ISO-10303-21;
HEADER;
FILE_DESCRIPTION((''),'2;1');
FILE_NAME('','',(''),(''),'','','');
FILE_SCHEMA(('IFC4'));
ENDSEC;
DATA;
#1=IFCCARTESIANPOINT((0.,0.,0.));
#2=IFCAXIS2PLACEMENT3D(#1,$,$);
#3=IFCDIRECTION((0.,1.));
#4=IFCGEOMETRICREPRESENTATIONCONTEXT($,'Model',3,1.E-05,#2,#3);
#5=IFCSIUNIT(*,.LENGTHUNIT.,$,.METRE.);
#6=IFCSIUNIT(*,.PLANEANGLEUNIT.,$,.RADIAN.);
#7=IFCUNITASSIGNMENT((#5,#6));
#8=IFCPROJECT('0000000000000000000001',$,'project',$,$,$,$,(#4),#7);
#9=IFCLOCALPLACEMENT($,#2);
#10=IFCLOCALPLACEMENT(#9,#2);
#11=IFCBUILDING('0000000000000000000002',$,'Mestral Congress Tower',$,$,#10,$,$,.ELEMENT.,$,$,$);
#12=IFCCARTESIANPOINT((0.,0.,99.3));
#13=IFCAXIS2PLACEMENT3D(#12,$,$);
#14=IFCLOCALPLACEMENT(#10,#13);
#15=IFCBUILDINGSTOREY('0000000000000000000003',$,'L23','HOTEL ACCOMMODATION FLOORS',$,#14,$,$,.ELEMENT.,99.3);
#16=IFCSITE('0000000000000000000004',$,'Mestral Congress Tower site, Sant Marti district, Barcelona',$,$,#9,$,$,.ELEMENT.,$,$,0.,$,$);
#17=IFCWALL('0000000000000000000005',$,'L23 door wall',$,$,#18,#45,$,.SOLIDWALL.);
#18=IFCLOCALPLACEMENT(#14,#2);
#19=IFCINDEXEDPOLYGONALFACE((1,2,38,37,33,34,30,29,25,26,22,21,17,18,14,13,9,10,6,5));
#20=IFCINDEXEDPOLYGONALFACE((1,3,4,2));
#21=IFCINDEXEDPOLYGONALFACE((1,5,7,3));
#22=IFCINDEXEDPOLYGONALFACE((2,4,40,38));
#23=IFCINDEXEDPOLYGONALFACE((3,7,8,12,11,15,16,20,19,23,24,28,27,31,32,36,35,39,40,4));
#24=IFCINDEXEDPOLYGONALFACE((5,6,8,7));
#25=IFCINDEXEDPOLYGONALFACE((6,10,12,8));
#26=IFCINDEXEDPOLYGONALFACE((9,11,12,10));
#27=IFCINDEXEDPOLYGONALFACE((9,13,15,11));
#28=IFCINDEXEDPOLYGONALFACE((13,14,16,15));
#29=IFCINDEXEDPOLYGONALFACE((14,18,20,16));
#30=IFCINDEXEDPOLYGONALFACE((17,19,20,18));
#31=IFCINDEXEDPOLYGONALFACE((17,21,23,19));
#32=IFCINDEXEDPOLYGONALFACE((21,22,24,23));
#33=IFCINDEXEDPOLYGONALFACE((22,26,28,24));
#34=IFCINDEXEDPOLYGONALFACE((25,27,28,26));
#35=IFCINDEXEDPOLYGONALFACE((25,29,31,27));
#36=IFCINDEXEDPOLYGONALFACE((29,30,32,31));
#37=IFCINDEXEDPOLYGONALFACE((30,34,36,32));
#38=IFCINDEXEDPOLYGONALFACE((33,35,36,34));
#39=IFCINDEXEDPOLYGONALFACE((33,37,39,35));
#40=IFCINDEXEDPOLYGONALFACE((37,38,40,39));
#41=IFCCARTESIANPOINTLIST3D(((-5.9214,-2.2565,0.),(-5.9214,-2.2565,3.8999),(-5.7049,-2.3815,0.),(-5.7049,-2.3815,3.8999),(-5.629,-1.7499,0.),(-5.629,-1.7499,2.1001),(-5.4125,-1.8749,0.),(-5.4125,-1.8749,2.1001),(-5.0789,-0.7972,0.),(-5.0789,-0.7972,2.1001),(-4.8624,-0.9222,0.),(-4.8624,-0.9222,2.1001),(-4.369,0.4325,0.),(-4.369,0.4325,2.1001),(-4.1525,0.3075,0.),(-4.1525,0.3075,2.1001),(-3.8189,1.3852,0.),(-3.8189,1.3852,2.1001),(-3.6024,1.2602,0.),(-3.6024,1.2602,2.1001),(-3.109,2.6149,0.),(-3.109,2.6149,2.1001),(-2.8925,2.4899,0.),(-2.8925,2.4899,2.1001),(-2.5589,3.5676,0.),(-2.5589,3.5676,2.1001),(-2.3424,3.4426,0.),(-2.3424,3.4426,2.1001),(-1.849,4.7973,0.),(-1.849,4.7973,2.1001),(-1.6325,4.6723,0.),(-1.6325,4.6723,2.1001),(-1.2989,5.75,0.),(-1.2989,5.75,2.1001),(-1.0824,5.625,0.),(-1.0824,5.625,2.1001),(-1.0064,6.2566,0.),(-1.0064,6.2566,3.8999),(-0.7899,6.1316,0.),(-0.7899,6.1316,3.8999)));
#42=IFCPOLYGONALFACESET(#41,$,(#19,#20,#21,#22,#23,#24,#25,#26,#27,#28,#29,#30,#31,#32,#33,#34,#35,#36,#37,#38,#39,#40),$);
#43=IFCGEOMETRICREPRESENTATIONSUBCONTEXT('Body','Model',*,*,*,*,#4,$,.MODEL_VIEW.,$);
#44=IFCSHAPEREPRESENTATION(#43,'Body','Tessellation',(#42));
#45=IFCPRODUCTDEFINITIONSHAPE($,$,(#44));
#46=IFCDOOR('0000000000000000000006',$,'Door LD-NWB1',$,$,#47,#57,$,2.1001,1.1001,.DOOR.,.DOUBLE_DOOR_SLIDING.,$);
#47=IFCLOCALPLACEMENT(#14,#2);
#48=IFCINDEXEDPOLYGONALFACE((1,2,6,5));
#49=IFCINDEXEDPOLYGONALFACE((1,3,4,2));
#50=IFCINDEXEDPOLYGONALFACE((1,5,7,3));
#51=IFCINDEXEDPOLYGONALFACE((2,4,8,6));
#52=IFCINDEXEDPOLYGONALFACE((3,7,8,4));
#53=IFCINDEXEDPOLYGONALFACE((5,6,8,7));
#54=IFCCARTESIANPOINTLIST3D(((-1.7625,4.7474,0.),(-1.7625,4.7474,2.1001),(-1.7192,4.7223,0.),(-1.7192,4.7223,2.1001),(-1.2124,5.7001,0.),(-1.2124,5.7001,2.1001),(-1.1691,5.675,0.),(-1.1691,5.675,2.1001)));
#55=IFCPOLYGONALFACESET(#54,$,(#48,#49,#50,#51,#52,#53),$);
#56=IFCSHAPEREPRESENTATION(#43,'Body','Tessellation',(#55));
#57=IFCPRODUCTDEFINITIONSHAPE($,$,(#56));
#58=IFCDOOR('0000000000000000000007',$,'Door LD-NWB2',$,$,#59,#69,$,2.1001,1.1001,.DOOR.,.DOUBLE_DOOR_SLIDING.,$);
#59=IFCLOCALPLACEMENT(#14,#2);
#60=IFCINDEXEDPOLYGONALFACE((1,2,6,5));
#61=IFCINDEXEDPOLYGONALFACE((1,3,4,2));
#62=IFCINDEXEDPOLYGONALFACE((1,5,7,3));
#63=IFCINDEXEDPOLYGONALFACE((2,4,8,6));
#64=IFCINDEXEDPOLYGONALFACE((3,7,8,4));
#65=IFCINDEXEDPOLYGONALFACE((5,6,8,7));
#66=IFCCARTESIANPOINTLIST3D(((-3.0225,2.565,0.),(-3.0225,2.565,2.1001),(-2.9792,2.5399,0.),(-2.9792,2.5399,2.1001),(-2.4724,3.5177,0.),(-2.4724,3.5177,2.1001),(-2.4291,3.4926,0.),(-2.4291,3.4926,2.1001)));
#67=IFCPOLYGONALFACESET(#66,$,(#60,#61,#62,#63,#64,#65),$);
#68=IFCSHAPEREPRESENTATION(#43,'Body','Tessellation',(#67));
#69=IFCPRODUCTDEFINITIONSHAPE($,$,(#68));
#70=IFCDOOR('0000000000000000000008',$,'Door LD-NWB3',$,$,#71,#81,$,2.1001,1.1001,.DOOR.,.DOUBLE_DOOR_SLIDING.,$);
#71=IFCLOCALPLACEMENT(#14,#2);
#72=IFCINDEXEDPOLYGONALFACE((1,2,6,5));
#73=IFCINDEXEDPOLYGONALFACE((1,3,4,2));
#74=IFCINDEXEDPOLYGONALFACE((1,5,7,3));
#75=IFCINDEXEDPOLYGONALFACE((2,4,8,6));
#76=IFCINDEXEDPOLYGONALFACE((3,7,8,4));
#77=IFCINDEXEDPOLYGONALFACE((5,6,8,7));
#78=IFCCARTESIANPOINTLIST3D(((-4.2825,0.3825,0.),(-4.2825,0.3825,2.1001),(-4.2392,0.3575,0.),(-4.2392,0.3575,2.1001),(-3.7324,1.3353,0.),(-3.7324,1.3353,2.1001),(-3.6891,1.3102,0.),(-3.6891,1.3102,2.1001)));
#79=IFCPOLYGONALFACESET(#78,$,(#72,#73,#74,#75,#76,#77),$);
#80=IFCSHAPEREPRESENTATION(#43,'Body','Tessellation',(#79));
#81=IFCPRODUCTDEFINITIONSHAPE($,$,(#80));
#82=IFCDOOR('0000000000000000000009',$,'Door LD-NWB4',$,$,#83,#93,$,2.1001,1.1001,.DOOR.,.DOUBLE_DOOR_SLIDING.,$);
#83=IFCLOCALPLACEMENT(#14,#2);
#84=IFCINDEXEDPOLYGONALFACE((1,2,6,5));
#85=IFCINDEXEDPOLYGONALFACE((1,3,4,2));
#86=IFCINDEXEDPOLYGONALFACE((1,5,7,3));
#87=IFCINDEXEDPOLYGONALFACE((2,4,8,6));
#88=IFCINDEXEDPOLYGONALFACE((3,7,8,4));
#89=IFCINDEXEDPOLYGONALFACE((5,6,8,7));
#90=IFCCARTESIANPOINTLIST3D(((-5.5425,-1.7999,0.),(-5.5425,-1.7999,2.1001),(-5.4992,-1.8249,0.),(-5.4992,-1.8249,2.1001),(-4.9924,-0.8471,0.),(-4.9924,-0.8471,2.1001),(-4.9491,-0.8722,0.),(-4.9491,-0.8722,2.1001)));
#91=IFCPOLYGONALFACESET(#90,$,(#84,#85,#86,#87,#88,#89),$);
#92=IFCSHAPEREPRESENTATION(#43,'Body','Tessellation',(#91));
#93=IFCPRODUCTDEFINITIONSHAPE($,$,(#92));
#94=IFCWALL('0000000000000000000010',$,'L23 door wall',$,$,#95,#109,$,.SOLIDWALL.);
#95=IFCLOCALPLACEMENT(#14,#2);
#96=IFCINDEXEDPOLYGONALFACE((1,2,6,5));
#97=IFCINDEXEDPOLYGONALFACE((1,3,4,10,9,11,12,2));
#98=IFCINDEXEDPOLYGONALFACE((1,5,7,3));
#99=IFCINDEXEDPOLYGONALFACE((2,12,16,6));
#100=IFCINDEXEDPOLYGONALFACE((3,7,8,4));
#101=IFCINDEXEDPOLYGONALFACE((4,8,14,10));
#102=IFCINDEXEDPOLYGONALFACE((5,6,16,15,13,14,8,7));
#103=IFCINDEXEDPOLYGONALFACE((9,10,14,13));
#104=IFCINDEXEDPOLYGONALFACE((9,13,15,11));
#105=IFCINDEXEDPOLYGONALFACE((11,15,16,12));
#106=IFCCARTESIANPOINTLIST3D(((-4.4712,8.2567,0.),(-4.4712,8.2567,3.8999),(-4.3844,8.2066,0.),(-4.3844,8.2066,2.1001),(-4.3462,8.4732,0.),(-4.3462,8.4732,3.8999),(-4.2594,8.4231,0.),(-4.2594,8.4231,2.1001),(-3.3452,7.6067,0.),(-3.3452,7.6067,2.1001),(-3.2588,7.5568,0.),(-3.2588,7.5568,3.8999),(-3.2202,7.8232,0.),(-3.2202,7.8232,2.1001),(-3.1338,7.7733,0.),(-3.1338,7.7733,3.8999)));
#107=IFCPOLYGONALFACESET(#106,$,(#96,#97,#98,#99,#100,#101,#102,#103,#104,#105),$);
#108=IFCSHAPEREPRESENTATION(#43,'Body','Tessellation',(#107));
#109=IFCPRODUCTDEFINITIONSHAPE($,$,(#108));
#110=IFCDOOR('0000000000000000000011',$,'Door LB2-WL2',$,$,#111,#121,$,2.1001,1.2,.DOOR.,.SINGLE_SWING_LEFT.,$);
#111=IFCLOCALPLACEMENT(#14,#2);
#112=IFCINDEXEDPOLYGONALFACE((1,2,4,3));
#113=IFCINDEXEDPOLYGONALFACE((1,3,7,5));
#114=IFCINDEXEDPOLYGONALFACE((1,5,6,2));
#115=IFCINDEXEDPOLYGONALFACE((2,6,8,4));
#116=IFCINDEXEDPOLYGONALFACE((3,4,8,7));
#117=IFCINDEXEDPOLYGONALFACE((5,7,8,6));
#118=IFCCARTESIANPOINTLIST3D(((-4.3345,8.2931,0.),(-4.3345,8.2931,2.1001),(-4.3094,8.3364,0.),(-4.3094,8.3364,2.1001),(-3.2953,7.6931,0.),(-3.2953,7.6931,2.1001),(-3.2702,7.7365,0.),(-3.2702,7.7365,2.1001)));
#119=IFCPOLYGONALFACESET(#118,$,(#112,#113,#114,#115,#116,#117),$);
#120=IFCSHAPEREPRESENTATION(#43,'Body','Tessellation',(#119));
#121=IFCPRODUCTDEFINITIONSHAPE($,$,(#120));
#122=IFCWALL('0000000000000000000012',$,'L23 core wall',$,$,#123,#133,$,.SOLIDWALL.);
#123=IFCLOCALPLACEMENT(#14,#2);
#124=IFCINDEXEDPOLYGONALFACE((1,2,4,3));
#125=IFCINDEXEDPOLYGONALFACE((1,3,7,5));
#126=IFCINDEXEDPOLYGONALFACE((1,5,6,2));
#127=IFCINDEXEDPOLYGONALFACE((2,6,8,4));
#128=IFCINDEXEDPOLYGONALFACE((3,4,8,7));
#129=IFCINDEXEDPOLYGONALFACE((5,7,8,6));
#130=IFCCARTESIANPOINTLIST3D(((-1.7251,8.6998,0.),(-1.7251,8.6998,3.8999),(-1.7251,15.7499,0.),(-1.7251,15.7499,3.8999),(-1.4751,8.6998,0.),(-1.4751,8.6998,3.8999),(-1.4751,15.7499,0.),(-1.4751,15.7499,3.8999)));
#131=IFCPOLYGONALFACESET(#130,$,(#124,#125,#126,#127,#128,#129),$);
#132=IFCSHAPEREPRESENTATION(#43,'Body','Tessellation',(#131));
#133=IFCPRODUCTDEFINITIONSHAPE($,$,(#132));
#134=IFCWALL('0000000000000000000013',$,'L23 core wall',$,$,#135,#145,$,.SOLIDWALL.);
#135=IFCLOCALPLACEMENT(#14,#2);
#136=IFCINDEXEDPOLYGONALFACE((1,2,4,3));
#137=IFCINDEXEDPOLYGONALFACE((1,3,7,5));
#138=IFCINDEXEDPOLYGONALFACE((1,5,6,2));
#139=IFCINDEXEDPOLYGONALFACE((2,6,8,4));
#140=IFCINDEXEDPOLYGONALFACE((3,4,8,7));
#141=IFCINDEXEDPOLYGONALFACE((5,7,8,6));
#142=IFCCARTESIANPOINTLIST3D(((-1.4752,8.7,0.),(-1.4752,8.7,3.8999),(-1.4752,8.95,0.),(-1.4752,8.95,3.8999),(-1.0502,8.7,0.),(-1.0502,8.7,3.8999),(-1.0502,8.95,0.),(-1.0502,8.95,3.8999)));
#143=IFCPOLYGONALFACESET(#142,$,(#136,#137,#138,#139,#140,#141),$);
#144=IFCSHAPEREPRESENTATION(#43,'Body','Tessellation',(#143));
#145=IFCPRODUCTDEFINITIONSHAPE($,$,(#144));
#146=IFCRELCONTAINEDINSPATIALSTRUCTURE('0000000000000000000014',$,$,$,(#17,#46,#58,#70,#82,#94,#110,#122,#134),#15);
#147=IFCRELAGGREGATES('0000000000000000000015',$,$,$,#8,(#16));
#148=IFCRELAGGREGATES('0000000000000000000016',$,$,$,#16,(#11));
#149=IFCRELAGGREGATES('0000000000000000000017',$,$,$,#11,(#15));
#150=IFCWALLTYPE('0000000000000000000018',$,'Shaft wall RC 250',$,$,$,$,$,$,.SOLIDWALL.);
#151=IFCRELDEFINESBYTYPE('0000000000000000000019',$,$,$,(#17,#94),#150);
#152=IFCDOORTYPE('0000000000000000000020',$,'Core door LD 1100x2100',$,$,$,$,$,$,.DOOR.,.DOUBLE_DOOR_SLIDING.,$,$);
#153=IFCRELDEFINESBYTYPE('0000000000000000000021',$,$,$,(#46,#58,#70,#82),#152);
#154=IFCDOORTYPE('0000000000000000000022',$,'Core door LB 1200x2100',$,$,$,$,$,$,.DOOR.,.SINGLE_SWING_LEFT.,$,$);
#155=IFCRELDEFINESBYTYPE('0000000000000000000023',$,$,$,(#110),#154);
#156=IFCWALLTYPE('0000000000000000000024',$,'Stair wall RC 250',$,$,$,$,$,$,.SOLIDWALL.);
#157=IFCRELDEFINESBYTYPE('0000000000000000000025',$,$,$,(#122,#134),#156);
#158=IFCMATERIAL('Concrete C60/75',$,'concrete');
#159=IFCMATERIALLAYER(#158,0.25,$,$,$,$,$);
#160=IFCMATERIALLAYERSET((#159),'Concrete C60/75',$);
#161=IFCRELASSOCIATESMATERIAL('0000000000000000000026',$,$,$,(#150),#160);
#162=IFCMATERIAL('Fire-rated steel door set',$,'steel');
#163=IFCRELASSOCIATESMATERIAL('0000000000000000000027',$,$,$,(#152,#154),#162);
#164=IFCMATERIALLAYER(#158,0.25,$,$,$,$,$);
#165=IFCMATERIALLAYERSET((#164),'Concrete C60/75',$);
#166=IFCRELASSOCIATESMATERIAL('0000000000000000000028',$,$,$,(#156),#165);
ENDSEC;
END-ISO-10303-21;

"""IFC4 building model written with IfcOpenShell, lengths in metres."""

from ifc_helpers import new_model, si_unit, direction, frame, frame_2d, origin, place, context, subcontext, project, spatial, rectangle, extrude, material, layer, layer_set, type_object, element, fill, save


model = new_model("IFC4")

# Units and contexts
model_context = context("Model", 3, precision=1e-05, world=origin(), true_north=direction((0.0, 1.0)))
body_context = subcontext(model_context, "Body", "Model", "MODEL_VIEW")
ifc_project = project(units=[si_unit("LENGTHUNIT", "METRE"), si_unit("PLANEANGLEUNIT", "RADIAN")], contexts=[model_context])

# Site, building, storey
site_placement = place(None, origin())
site = spatial("IfcSite", under=ifc_project, at=site_placement, Name="Mestral Congress Tower site, Sant Marti district, Barcelona", CompositionType="ELEMENT", RefElevation=0.0)
building_placement = place(site_placement, origin())
building = spatial("IfcBuilding", under=site, at=building_placement, Name="Mestral Congress Tower", CompositionType="ELEMENT")
storey_placement = place(building_placement, frame((0.0, 0.0, 99.3)))
storey = spatial("IfcBuildingStorey", under=building, at=storey_placement, Name="L23", Description="HOTEL ACCOMMODATION FLOORS", CompositionType="ELEMENT", Elevation=99.3)

# Shared definitions
ifc_material_1 = material(Name="Concrete C60/75", Category="concrete")

# Shared definitions
ifc_material_2 = material(Name="Fire-rated steel door set", Category="steel")

# Shared definitions
ifc_layer_1 = layer(ifc_material_1, 0.25)
ifc_layer_set_1 = layer_set([ifc_layer_1], Name="Concrete C60/75")
wall_type_1 = type_object("IfcWallType", Name="Shaft wall RC 250", PredefinedType="SOLIDWALL", material=ifc_layer_set_1)

# Wall, openings, doors
wall_1_placement = place(storey_placement, frame((-0.8982, 6.1941, 0.0), z_axis=(0.0, 0.0, 1.0), x_axis=(-0.499996, -0.866028, 0.0)))
wall_1 = element("IfcWall", 1, at=wall_1_placement, inside=storey, type_object=wall_type_1, Name="L23 door wall", PredefinedType="SOLIDWALL", context=body_context, shape_type="SweptSolid", body=[
    extrude(rectangle(XDim=9.8301, YDim=0.25, at=frame_2d((4.915, 0.0))), origin(), (0.0, 0.0, 1.0), 3.8999),
])
opening_1_placement = place(wall_1_placement, frame((0.585, 0.0, 0.0)))
opening_1 = element("IfcOpeningElement", 2, at=opening_1_placement, cuts=wall_1, PredefinedType="OPENING", context=body_context, shape_type="SweptSolid", body=[
    extrude(rectangle(XDim=1.1001, YDim=2.1001, at=frame_2d((0.55, 1.05))), frame((0.0, 0.135, 0.0), z_axis=(0.0, -1.0, 0.0), x_axis=(1.0, 0.0, 0.0)), (0.0, 0.0, 1.0), 0.27),
])
opening_2_placement = place(wall_1_placement, frame((3.105, 0.0, 0.0)))
opening_2 = element("IfcOpeningElement", 3, at=opening_2_placement, cuts=wall_1, PredefinedType="OPENING", context=body_context, shape_type="SweptSolid", body=[
    extrude(rectangle(XDim=1.1001, YDim=2.1001, at=frame_2d((0.55, 1.05))), frame((0.0, 0.135, 0.0), z_axis=(0.0, -1.0, 0.0), x_axis=(1.0, 0.0, 0.0)), (0.0, 0.0, 1.0), 0.27),
])
opening_3_placement = place(wall_1_placement, frame((5.625, 0.0, 0.0)))
opening_3 = element("IfcOpeningElement", 4, at=opening_3_placement, cuts=wall_1, PredefinedType="OPENING", context=body_context, shape_type="SweptSolid", body=[
    extrude(rectangle(XDim=1.1001, YDim=2.1001, at=frame_2d((0.55, 1.05))), frame((0.0, 0.135, 0.0), z_axis=(0.0, -1.0, 0.0), x_axis=(1.0, 0.0, 0.0)), (0.0, 0.0, 1.0), 0.27),
])
opening_4_placement = place(wall_1_placement, frame((8.145, 0.0, 0.0)))
opening_4 = element("IfcOpeningElement", 5, at=opening_4_placement, cuts=wall_1, PredefinedType="OPENING", context=body_context, shape_type="SweptSolid", body=[
    extrude(rectangle(XDim=1.1001, YDim=2.1001, at=frame_2d((0.55, 1.05))), frame((0.0, 0.135, 0.0), z_axis=(0.0, -1.0, 0.0), x_axis=(1.0, 0.0, 0.0)), (0.0, 0.0, 1.0), 0.27),
])
door_type_1 = type_object("IfcDoorType", Name="Core door LD 1100x2100", OperationType="DOUBLE_DOOR_SLIDING", PredefinedType="DOOR", material=ifc_material_2)
door_1_placement = place(opening_1_placement, origin())
door_1 = element("IfcDoor", 6, at=door_1_placement, inside=storey, type_object=door_type_1, Name="Door LD-NWB1", OperationType="DOUBLE_DOOR_SLIDING", OverallHeight=2.1001, OverallWidth=1.1001, PredefinedType="DOOR", context=body_context, shape_type="SweptSolid", body=[
    extrude(rectangle(XDim=1.1001, YDim=2.1001, at=frame_2d((0.55, 1.05))), frame((0.0, 0.0249, 0.0), z_axis=(0.0, -1.0, 0.0), x_axis=(1.0, 0.0, 0.0)), (0.0, 0.0, 1.0), 0.05),
])
fill(opening_1, door_1)
door_2_placement = place(opening_2_placement, origin())
door_2 = element("IfcDoor", 7, at=door_2_placement, inside=storey, type_object=door_type_1, Name="Door LD-NWB2", OperationType="DOUBLE_DOOR_SLIDING", OverallHeight=2.1001, OverallWidth=1.1001, PredefinedType="DOOR", context=body_context, shape_type="SweptSolid", body=[
    extrude(rectangle(XDim=1.1001, YDim=2.1001, at=frame_2d((0.55, 1.05))), frame((0.0, 0.0249, 0.0), z_axis=(0.0, -1.0, 0.0), x_axis=(1.0, 0.0, 0.0)), (0.0, 0.0, 1.0), 0.05),
])
fill(opening_2, door_2)
door_3_placement = place(opening_3_placement, origin())
door_3 = element("IfcDoor", 8, at=door_3_placement, inside=storey, type_object=door_type_1, Name="Door LD-NWB3", OperationType="DOUBLE_DOOR_SLIDING", OverallHeight=2.1001, OverallWidth=1.1001, PredefinedType="DOOR", context=body_context, shape_type="SweptSolid", body=[
    extrude(rectangle(XDim=1.1001, YDim=2.1001, at=frame_2d((0.55, 1.05))), frame((0.0, 0.0249, 0.0), z_axis=(0.0, -1.0, 0.0), x_axis=(1.0, 0.0, 0.0)), (0.0, 0.0, 1.0), 0.05),
])
fill(opening_3, door_3)
door_4_placement = place(opening_4_placement, origin())
door_4 = element("IfcDoor", 9, at=door_4_placement, inside=storey, type_object=door_type_1, Name="Door LD-NWB4", OperationType="DOUBLE_DOOR_SLIDING", OverallHeight=2.1001, OverallWidth=1.1001, PredefinedType="DOOR", context=body_context, shape_type="SweptSolid", body=[
    extrude(rectangle(XDim=1.1001, YDim=2.1001, at=frame_2d((0.55, 1.05))), frame((0.0, 0.0249, 0.0), z_axis=(0.0, -1.0, 0.0), x_axis=(1.0, 0.0, 0.0)), (0.0, 0.0, 1.0), 0.05),
])
fill(opening_4, door_4)

# Wall, opening, door
wall_2_placement = place(storey_placement, frame((-4.4087, 8.365, 0.0), z_axis=(0.0, 0.0, 1.0), x_axis=(0.866035, -0.499984, 0.0)))
wall_2 = element("IfcWall", 10, at=wall_2_placement, inside=storey, type_object=wall_type_1, Name="L23 door wall", PredefinedType="SOLIDWALL", context=body_context, shape_type="SweptSolid", body=[
    extrude(rectangle(XDim=1.3999, YDim=0.25, at=frame_2d((0.7, 0.0))), origin(), (0.0, 0.0, 1.0), 3.8999),
])
opening_5_placement = place(wall_2_placement, frame((0.1001, 0.0, 0.0)))
opening_5 = element("IfcOpeningElement", 11, at=opening_5_placement, cuts=wall_2, PredefinedType="OPENING", context=body_context, shape_type="SweptSolid", body=[
    extrude(rectangle(XDim=1.2, YDim=2.1001, at=frame_2d((0.6001, 1.05))), frame((0.0, 0.135, 0.0), z_axis=(0.0, -1.0, 0.0), x_axis=(1.0, 0.0, 0.0)), (0.0, 0.0, 1.0), 0.27),
])
door_type_2 = type_object("IfcDoorType", Name="Core door LB 1200x2100", OperationType="SINGLE_SWING_LEFT", PredefinedType="DOOR", material=ifc_material_2)
door_5_placement = place(opening_5_placement, origin())
door_5 = element("IfcDoor", 12, at=door_5_placement, inside=storey, type_object=door_type_2, Name="Door LB2-WL2", OperationType="SINGLE_SWING_LEFT", OverallHeight=2.1001, OverallWidth=1.2, PredefinedType="DOOR", context=body_context, shape_type="SweptSolid", body=[
    extrude(rectangle(XDim=1.2, YDim=2.1001, at=frame_2d((0.6001, 1.05))), frame((0.0, 0.0249, 0.0), z_axis=(0.0, -1.0, 0.0), x_axis=(1.0, 0.0, 0.0)), (0.0, 0.0, 1.0), 0.05),
])
fill(opening_5, door_5)

# Walls
ifc_layer_2 = layer(ifc_material_1, 0.25)
ifc_layer_set_2 = layer_set([ifc_layer_2], Name="Concrete C60/75")
wall_type_2 = type_object("IfcWallType", Name="Stair wall RC 250", PredefinedType="SOLIDWALL", material=ifc_layer_set_2)
wall_3_placement = place(storey_placement, frame((-1.6001, 8.7, 0.0), z_axis=(0.0, 0.0, 1.0), x_axis=(0.0, 1.0, 0.0)))
element("IfcWall", 13, at=wall_3_placement, inside=storey, type_object=wall_type_2, Name="L23 core wall", PredefinedType="SOLIDWALL", context=body_context, shape_type="SweptSolid", body=[
    extrude(rectangle(XDim=7.05, YDim=0.25, at=frame_2d((3.5249, 0.0))), origin(), (0.0, 0.0, 1.0), 3.8999),
])
wall_4_placement = place(storey_placement, frame((-1.4751, 8.825, 0.0), z_axis=(0.0, 0.0, 1.0), x_axis=(1.0, 0.0, 0.0)))
element("IfcWall", 14, at=wall_4_placement, inside=storey, type_object=wall_type_2, Name="L23 core wall", PredefinedType="SOLIDWALL", context=body_context, shape_type="SweptSolid", body=[
    extrude(rectangle(XDim=0.425, YDim=0.25, at=frame_2d((0.2124, 0.0))), origin(), (0.0, 0.0, 1.0), 3.8999),
])

save(model, "model.ifc")
